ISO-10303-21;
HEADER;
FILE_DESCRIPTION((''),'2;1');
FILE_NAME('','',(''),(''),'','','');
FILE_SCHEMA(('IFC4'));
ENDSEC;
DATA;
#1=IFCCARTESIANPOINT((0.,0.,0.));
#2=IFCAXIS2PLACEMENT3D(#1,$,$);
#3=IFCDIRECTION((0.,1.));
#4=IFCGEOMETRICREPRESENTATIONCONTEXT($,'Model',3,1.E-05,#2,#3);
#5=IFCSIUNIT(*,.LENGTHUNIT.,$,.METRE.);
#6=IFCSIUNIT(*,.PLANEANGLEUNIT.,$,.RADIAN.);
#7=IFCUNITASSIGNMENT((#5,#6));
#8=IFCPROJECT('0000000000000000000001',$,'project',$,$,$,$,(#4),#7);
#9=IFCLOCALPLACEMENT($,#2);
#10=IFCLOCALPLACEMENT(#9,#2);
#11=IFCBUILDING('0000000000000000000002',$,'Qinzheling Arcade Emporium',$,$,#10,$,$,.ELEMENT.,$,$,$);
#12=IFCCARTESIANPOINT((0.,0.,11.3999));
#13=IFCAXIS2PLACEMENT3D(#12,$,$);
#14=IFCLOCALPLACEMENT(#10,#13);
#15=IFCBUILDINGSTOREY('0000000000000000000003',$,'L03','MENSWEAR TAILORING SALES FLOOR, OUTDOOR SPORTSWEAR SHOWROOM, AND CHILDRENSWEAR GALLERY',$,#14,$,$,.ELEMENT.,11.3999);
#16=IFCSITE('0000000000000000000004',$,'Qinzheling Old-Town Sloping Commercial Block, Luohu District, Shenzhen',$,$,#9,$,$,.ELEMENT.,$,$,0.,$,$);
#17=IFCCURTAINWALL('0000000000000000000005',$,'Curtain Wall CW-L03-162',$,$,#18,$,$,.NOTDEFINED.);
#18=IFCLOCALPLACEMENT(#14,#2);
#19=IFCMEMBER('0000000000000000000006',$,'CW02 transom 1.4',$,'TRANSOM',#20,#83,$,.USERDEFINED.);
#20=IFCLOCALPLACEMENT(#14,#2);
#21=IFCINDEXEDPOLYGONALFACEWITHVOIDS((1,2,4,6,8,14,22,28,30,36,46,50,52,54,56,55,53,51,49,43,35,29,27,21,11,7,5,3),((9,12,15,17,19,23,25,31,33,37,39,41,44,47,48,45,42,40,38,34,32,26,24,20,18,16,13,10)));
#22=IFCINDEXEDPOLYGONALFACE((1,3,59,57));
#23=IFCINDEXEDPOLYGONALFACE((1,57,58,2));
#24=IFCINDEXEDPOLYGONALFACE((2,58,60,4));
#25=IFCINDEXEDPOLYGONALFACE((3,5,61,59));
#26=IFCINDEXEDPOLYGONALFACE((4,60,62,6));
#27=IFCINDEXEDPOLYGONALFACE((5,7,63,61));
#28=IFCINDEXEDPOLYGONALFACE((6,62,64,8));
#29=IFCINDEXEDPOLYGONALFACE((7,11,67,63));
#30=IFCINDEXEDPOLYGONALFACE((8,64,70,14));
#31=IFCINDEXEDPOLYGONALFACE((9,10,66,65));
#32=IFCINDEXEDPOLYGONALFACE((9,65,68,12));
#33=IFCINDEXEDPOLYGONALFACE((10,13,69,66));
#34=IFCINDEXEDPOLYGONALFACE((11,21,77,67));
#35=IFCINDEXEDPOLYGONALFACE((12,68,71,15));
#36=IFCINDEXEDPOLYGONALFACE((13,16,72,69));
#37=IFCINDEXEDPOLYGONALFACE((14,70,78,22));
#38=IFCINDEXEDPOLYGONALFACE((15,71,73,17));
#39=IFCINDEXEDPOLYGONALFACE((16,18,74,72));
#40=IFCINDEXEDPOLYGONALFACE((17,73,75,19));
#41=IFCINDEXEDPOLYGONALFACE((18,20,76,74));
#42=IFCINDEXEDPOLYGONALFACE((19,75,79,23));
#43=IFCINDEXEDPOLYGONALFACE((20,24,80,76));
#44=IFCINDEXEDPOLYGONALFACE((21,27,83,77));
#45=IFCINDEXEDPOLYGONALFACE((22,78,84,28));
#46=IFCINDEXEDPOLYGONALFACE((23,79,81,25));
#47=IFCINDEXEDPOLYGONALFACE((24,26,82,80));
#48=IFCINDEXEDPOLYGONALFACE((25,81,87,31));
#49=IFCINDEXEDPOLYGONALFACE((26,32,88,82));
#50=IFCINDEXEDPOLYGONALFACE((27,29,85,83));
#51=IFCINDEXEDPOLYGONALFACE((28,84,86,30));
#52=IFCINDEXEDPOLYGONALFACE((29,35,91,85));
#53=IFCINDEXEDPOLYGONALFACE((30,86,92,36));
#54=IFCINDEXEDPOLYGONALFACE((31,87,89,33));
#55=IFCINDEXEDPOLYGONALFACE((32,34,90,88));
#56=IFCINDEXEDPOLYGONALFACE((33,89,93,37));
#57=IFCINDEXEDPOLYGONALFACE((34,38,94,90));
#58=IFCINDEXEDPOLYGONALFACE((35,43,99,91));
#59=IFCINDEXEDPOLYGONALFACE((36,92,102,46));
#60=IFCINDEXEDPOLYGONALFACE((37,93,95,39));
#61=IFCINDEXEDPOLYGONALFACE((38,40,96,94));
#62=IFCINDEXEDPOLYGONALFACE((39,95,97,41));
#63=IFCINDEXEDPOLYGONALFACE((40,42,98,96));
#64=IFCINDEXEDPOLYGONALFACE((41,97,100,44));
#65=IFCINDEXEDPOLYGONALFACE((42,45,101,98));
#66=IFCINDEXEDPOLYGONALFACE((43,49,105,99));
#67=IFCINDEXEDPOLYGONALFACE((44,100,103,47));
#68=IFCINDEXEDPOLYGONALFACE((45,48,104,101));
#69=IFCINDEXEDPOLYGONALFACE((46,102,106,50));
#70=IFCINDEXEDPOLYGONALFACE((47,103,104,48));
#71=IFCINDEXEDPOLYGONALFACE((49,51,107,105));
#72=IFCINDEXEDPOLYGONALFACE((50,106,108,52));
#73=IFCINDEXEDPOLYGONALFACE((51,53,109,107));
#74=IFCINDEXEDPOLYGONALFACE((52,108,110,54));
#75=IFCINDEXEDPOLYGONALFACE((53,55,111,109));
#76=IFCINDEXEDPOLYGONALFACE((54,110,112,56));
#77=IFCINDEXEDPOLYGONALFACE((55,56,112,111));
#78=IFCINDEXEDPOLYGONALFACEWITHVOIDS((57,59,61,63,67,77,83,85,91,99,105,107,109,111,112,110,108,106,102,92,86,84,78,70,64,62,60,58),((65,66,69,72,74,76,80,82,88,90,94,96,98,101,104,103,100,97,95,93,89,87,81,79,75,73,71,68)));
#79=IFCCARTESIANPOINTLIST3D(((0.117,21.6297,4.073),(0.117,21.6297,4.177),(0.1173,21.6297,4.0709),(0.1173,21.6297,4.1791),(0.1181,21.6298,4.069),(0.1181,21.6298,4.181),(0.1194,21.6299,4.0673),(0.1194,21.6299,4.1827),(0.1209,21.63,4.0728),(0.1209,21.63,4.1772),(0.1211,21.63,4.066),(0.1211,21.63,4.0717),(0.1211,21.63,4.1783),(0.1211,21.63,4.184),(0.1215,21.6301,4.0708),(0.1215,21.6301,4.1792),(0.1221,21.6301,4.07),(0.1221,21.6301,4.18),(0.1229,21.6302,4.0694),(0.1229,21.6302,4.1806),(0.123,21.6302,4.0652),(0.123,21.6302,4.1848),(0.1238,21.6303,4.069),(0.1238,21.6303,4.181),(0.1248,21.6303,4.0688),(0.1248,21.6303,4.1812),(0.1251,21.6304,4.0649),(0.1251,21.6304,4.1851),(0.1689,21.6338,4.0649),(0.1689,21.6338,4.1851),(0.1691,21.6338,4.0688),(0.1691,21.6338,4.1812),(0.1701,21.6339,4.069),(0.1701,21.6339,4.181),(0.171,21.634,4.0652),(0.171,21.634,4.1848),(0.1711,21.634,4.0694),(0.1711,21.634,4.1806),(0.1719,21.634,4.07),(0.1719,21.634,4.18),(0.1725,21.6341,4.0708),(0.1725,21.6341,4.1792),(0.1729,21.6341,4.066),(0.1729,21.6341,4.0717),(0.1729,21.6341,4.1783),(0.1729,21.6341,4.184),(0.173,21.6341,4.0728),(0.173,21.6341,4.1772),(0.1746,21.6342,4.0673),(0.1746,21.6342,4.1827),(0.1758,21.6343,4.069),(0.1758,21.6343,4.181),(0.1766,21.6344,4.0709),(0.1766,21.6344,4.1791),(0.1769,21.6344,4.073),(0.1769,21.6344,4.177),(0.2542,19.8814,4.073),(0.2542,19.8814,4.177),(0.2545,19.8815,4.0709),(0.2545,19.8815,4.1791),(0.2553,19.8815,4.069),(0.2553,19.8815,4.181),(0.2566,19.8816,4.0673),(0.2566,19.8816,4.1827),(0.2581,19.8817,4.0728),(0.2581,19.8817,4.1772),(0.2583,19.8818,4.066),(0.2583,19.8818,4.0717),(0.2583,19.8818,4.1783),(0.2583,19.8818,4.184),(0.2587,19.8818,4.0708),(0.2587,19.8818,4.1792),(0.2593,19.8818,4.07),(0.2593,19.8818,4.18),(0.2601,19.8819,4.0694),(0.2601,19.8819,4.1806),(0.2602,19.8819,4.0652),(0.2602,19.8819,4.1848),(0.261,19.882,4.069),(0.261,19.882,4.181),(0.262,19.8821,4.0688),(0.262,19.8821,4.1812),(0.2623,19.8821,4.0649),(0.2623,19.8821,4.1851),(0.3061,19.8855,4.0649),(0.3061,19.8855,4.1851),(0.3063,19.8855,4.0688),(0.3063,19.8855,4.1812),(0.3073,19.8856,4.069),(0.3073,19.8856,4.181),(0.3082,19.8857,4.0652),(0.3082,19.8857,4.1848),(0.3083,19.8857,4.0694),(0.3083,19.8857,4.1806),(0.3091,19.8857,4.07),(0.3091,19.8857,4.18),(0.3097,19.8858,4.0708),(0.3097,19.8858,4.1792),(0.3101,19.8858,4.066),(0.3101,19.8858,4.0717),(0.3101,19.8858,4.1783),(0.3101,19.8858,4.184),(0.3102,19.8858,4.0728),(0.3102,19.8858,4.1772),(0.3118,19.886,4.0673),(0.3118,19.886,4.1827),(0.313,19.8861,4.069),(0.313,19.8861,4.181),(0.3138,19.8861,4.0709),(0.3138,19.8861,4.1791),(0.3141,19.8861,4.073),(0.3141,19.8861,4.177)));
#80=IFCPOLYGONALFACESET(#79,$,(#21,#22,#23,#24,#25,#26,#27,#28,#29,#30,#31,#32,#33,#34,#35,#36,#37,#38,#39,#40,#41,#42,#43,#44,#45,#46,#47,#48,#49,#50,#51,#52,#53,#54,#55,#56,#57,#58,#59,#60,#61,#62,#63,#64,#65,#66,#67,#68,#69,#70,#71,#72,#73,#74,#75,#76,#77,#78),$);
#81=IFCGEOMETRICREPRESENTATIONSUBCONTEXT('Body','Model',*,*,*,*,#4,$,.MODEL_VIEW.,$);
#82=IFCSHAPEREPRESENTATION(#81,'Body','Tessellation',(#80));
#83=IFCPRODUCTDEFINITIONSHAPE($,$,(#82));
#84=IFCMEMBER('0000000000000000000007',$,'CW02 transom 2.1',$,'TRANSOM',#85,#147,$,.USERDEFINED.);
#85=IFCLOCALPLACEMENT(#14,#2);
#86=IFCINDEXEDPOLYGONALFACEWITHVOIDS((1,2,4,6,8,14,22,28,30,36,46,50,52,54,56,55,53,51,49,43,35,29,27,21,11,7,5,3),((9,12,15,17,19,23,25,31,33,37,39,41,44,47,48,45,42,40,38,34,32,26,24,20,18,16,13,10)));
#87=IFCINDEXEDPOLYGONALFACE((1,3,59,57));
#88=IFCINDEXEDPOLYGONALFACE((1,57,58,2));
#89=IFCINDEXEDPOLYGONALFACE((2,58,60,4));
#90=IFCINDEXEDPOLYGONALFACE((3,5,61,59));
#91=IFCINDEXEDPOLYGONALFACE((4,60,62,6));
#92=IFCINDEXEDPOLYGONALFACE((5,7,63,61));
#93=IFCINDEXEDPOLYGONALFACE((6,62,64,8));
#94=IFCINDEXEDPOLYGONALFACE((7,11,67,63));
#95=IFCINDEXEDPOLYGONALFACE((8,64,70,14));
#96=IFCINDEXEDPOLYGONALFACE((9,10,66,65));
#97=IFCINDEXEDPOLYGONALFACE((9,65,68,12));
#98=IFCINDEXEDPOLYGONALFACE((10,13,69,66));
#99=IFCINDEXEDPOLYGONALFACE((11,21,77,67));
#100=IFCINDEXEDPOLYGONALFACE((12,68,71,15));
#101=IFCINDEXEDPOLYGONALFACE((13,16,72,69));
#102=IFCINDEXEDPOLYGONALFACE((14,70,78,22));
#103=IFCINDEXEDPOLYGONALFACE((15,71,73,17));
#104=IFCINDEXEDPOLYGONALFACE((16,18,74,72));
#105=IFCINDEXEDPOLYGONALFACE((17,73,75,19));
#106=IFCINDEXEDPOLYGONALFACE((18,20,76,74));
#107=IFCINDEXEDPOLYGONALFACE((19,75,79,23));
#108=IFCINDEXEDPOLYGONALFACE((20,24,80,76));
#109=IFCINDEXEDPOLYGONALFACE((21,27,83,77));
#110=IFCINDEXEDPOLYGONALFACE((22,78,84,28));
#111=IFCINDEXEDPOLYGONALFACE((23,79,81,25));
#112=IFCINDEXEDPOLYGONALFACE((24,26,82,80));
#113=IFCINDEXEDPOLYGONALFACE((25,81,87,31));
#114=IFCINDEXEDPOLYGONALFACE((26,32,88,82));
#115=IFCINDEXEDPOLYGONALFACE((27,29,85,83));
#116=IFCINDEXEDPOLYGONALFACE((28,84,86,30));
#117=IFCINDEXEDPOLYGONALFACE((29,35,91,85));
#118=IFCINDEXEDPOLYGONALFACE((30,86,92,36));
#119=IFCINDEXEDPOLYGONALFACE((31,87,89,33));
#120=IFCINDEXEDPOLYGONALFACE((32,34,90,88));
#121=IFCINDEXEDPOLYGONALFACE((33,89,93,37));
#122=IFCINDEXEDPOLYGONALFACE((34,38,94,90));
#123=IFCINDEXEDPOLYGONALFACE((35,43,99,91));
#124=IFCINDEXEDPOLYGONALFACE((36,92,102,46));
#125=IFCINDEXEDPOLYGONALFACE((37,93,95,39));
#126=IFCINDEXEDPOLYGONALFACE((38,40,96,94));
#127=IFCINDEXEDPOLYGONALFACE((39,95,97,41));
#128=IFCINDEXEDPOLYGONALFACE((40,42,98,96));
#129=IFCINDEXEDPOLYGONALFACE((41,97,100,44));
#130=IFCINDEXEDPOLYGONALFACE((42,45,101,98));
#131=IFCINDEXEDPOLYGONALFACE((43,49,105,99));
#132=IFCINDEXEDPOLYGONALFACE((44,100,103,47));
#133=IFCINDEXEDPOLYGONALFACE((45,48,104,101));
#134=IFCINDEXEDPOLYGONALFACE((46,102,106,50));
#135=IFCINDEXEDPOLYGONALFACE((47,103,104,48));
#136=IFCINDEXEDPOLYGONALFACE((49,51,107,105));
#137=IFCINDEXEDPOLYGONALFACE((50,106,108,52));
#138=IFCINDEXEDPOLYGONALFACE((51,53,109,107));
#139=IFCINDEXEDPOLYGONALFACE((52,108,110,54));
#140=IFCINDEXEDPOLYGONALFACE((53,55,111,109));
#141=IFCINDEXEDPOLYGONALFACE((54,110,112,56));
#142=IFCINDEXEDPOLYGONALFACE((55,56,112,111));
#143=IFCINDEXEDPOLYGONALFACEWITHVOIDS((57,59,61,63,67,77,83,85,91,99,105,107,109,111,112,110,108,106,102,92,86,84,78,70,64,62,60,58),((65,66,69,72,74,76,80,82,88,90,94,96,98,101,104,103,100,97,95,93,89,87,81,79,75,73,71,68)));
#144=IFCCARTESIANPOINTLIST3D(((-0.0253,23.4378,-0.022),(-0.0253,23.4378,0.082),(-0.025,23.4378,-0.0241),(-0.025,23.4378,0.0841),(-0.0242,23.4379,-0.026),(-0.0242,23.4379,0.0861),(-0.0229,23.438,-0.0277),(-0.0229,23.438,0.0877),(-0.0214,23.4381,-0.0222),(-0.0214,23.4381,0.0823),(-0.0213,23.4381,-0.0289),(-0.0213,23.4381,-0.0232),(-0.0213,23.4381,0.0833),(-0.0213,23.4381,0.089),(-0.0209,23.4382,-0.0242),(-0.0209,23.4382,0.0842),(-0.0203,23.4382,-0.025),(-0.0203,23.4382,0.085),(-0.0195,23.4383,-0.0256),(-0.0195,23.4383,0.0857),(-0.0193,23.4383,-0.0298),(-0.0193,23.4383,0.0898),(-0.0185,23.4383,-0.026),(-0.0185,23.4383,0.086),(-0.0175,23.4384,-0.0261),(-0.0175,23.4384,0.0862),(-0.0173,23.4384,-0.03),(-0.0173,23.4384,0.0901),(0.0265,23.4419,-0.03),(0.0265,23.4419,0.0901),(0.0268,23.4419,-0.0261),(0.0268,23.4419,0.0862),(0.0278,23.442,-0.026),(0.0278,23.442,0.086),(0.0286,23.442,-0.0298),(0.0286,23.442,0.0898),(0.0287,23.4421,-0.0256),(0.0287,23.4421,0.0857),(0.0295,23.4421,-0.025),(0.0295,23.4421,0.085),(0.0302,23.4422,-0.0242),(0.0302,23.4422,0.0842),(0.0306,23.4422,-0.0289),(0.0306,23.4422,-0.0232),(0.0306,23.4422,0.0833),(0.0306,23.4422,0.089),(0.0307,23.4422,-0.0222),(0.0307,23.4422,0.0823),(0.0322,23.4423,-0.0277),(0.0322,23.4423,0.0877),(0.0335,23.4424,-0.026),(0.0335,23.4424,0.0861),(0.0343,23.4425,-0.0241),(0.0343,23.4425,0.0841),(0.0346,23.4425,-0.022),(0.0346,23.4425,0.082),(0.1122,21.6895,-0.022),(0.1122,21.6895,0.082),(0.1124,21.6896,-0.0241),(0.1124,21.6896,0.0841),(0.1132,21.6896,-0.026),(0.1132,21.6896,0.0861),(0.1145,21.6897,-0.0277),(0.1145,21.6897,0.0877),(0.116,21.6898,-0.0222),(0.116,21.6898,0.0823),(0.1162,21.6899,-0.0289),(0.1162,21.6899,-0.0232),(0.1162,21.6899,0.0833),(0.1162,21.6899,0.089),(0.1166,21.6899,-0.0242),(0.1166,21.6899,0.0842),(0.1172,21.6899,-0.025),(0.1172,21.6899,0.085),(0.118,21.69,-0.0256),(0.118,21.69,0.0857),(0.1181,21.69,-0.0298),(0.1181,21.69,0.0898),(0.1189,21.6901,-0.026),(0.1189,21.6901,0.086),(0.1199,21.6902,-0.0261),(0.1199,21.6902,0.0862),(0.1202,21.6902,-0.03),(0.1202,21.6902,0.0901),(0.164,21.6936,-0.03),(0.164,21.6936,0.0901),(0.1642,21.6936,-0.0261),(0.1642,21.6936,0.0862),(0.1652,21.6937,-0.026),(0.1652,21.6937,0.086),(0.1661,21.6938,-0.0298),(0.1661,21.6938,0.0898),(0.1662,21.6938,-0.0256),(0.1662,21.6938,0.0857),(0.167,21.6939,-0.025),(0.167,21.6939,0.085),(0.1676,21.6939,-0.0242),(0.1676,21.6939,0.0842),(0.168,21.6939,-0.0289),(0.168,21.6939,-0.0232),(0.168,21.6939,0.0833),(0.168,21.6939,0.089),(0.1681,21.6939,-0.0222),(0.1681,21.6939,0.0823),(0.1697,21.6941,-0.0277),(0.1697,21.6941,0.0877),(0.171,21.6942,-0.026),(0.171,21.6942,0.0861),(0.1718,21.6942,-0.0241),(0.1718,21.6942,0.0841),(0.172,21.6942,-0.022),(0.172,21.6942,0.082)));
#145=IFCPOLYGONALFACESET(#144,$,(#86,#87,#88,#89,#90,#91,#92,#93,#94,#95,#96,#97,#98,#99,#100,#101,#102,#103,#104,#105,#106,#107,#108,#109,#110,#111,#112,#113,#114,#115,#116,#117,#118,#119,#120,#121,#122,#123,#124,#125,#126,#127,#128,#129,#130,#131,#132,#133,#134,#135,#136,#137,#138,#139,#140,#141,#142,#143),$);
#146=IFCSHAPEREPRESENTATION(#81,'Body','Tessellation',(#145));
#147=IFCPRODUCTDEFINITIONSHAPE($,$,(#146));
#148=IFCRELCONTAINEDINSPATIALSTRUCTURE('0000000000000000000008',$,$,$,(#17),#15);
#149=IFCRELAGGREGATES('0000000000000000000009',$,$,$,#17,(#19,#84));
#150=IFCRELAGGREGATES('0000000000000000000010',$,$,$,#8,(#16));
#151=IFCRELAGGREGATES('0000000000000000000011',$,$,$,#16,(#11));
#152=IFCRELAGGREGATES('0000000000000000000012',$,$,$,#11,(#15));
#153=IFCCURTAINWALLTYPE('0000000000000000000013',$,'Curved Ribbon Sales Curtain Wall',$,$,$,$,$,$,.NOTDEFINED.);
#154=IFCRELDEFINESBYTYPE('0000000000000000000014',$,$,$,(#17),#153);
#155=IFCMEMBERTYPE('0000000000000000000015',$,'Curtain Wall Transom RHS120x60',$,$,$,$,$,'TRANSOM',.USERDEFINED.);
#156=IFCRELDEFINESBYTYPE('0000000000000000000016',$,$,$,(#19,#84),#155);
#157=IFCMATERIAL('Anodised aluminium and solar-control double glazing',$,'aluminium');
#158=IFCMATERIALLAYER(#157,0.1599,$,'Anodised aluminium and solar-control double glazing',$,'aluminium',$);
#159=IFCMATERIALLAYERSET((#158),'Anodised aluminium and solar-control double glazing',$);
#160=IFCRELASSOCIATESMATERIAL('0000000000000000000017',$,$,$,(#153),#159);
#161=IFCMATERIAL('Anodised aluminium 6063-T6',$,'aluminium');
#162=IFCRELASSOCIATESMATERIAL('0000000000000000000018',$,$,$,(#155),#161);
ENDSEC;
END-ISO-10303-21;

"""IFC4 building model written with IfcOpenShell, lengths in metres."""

from ifc_helpers import new_model, si_unit, direction, frame, origin, origin_2d, place, context, subcontext, project, spatial, hollow_rectangle, extrude, material, layer, layer_set, material_profile, profile_set, type_object, element, aggregate, save


model = new_model("IFC4")

# Units and contexts
model_context = context("Model", 3, precision=1e-05, world=origin(), true_north=direction((0.0, 1.0)))
body_context = subcontext(model_context, "Body", "Model", "MODEL_VIEW")
ifc_project = project(units=[si_unit("LENGTHUNIT", "METRE"), si_unit("PLANEANGLEUNIT", "RADIAN")], contexts=[model_context])

# Site, building, storey
site_placement = place(None, origin())
site = spatial("IfcSite", under=ifc_project, at=site_placement, Name="Qinzheling Old-Town Sloping Commercial Block, Luohu District, Shenzhen", CompositionType="ELEMENT", RefElevation=0.0)
building_placement = place(site_placement, origin())
building = spatial("IfcBuilding", under=site, at=building_placement, Name="Qinzheling Arcade Emporium", CompositionType="ELEMENT")
storey_placement = place(building_placement, frame((0.0, 0.0, 11.3999)))
storey = spatial("IfcBuildingStorey", under=building, at=storey_placement, Name="L03", Description="MENSWEAR TAILORING SALES FLOOR, OUTDOOR SPORTSWEAR SHOWROOM, AND CHILDRENSWEAR GALLERY", CompositionType="ELEMENT", Elevation=11.3999)

# Shared definitions
ifc_material_1 = material(Name="Anodised aluminium and solar-control double glazing", Category="aluminium")
ifc_layer_1 = layer(ifc_material_1, 0.1599, Name="Anodised aluminium and solar-control double glazing", Category="aluminium")
ifc_layer_set_1 = layer_set([ifc_layer_1], Name="Anodised aluminium and solar-control double glazing")
curtain_wall_type_1 = type_object("IfcCurtainWallType", Name="Curved Ribbon Sales Curtain Wall", PredefinedType="NOTDEFINED", material=ifc_layer_set_1)
ifc_material_2 = material(Name="Anodised aluminium 6063-T6", Category="aluminium")

# Curtain wall
curtain_wall_1_placement = place(storey_placement, origin())
curtain_wall_1 = element("IfcCurtainWall", 1, at=curtain_wall_1_placement, inside=storey, type_object=curtain_wall_type_1, Name="Curtain Wall CW-L03-162", PredefinedType="NOTDEFINED")

# Members
ifc_material_profile_1 = material_profile(ifc_material_2, hollow_rectangle(XDim=0.0601, YDim=0.1201, WallThickness=0.0039, InnerFilletRadius=0.0039, OuterFilletRadius=0.0081, at=origin_2d()), Name="RHS 120x60x4", Category="aluminium")
ifc_profile_set_1 = profile_set([ifc_material_profile_1], Name="Anodised aluminium 6063-T6")
member_type_1 = type_object("IfcMemberType", Name="Curtain Wall Transom RHS120x60", ElementType="TRANSOM", PredefinedType="USERDEFINED", material=ifc_profile_set_1)
member_1_placement = place(storey_placement, frame((0.2842, 19.8838, 4.125), z_axis=(-0.07824, 0.996935, 0.0), x_axis=(-0.996935, -0.07824, 0.0)))
member_1 = element("IfcMember", 2, at=member_1_placement, type_object=member_type_1, Name="CW02 transom 1.4", ObjectType="TRANSOM", PredefinedType="USERDEFINED", context=body_context, shape_type="SweptSolid", body=[
    extrude(hollow_rectangle(XDim=0.0601, YDim=0.1201, WallThickness=0.0039, InnerFilletRadius=0.0039, OuterFilletRadius=0.0081, at=origin_2d()), origin(), (0.0, 0.0, 1.0), 1.7537),
])
member_2_placement = place(storey_placement, frame((0.1421, 21.6919, 0.03), z_axis=(-0.078378, 0.996924, 0.0), x_axis=(-0.996924, -0.078378, 0.0)))
member_2 = element("IfcMember", 3, at=member_2_placement, type_object=member_type_1, Name="CW02 transom 2.1", ObjectType="TRANSOM", PredefinedType="USERDEFINED", context=body_context, shape_type="SweptSolid", body=[
    extrude(hollow_rectangle(XDim=0.0601, YDim=0.1201, WallThickness=0.0039, InnerFilletRadius=0.0039, OuterFilletRadius=0.0081, at=origin_2d()), origin(), (0.0, 0.0, 1.0), 1.7537),
])

aggregate(curtain_wall_1, [member_1, member_2])

save(model, "model.ifc")
